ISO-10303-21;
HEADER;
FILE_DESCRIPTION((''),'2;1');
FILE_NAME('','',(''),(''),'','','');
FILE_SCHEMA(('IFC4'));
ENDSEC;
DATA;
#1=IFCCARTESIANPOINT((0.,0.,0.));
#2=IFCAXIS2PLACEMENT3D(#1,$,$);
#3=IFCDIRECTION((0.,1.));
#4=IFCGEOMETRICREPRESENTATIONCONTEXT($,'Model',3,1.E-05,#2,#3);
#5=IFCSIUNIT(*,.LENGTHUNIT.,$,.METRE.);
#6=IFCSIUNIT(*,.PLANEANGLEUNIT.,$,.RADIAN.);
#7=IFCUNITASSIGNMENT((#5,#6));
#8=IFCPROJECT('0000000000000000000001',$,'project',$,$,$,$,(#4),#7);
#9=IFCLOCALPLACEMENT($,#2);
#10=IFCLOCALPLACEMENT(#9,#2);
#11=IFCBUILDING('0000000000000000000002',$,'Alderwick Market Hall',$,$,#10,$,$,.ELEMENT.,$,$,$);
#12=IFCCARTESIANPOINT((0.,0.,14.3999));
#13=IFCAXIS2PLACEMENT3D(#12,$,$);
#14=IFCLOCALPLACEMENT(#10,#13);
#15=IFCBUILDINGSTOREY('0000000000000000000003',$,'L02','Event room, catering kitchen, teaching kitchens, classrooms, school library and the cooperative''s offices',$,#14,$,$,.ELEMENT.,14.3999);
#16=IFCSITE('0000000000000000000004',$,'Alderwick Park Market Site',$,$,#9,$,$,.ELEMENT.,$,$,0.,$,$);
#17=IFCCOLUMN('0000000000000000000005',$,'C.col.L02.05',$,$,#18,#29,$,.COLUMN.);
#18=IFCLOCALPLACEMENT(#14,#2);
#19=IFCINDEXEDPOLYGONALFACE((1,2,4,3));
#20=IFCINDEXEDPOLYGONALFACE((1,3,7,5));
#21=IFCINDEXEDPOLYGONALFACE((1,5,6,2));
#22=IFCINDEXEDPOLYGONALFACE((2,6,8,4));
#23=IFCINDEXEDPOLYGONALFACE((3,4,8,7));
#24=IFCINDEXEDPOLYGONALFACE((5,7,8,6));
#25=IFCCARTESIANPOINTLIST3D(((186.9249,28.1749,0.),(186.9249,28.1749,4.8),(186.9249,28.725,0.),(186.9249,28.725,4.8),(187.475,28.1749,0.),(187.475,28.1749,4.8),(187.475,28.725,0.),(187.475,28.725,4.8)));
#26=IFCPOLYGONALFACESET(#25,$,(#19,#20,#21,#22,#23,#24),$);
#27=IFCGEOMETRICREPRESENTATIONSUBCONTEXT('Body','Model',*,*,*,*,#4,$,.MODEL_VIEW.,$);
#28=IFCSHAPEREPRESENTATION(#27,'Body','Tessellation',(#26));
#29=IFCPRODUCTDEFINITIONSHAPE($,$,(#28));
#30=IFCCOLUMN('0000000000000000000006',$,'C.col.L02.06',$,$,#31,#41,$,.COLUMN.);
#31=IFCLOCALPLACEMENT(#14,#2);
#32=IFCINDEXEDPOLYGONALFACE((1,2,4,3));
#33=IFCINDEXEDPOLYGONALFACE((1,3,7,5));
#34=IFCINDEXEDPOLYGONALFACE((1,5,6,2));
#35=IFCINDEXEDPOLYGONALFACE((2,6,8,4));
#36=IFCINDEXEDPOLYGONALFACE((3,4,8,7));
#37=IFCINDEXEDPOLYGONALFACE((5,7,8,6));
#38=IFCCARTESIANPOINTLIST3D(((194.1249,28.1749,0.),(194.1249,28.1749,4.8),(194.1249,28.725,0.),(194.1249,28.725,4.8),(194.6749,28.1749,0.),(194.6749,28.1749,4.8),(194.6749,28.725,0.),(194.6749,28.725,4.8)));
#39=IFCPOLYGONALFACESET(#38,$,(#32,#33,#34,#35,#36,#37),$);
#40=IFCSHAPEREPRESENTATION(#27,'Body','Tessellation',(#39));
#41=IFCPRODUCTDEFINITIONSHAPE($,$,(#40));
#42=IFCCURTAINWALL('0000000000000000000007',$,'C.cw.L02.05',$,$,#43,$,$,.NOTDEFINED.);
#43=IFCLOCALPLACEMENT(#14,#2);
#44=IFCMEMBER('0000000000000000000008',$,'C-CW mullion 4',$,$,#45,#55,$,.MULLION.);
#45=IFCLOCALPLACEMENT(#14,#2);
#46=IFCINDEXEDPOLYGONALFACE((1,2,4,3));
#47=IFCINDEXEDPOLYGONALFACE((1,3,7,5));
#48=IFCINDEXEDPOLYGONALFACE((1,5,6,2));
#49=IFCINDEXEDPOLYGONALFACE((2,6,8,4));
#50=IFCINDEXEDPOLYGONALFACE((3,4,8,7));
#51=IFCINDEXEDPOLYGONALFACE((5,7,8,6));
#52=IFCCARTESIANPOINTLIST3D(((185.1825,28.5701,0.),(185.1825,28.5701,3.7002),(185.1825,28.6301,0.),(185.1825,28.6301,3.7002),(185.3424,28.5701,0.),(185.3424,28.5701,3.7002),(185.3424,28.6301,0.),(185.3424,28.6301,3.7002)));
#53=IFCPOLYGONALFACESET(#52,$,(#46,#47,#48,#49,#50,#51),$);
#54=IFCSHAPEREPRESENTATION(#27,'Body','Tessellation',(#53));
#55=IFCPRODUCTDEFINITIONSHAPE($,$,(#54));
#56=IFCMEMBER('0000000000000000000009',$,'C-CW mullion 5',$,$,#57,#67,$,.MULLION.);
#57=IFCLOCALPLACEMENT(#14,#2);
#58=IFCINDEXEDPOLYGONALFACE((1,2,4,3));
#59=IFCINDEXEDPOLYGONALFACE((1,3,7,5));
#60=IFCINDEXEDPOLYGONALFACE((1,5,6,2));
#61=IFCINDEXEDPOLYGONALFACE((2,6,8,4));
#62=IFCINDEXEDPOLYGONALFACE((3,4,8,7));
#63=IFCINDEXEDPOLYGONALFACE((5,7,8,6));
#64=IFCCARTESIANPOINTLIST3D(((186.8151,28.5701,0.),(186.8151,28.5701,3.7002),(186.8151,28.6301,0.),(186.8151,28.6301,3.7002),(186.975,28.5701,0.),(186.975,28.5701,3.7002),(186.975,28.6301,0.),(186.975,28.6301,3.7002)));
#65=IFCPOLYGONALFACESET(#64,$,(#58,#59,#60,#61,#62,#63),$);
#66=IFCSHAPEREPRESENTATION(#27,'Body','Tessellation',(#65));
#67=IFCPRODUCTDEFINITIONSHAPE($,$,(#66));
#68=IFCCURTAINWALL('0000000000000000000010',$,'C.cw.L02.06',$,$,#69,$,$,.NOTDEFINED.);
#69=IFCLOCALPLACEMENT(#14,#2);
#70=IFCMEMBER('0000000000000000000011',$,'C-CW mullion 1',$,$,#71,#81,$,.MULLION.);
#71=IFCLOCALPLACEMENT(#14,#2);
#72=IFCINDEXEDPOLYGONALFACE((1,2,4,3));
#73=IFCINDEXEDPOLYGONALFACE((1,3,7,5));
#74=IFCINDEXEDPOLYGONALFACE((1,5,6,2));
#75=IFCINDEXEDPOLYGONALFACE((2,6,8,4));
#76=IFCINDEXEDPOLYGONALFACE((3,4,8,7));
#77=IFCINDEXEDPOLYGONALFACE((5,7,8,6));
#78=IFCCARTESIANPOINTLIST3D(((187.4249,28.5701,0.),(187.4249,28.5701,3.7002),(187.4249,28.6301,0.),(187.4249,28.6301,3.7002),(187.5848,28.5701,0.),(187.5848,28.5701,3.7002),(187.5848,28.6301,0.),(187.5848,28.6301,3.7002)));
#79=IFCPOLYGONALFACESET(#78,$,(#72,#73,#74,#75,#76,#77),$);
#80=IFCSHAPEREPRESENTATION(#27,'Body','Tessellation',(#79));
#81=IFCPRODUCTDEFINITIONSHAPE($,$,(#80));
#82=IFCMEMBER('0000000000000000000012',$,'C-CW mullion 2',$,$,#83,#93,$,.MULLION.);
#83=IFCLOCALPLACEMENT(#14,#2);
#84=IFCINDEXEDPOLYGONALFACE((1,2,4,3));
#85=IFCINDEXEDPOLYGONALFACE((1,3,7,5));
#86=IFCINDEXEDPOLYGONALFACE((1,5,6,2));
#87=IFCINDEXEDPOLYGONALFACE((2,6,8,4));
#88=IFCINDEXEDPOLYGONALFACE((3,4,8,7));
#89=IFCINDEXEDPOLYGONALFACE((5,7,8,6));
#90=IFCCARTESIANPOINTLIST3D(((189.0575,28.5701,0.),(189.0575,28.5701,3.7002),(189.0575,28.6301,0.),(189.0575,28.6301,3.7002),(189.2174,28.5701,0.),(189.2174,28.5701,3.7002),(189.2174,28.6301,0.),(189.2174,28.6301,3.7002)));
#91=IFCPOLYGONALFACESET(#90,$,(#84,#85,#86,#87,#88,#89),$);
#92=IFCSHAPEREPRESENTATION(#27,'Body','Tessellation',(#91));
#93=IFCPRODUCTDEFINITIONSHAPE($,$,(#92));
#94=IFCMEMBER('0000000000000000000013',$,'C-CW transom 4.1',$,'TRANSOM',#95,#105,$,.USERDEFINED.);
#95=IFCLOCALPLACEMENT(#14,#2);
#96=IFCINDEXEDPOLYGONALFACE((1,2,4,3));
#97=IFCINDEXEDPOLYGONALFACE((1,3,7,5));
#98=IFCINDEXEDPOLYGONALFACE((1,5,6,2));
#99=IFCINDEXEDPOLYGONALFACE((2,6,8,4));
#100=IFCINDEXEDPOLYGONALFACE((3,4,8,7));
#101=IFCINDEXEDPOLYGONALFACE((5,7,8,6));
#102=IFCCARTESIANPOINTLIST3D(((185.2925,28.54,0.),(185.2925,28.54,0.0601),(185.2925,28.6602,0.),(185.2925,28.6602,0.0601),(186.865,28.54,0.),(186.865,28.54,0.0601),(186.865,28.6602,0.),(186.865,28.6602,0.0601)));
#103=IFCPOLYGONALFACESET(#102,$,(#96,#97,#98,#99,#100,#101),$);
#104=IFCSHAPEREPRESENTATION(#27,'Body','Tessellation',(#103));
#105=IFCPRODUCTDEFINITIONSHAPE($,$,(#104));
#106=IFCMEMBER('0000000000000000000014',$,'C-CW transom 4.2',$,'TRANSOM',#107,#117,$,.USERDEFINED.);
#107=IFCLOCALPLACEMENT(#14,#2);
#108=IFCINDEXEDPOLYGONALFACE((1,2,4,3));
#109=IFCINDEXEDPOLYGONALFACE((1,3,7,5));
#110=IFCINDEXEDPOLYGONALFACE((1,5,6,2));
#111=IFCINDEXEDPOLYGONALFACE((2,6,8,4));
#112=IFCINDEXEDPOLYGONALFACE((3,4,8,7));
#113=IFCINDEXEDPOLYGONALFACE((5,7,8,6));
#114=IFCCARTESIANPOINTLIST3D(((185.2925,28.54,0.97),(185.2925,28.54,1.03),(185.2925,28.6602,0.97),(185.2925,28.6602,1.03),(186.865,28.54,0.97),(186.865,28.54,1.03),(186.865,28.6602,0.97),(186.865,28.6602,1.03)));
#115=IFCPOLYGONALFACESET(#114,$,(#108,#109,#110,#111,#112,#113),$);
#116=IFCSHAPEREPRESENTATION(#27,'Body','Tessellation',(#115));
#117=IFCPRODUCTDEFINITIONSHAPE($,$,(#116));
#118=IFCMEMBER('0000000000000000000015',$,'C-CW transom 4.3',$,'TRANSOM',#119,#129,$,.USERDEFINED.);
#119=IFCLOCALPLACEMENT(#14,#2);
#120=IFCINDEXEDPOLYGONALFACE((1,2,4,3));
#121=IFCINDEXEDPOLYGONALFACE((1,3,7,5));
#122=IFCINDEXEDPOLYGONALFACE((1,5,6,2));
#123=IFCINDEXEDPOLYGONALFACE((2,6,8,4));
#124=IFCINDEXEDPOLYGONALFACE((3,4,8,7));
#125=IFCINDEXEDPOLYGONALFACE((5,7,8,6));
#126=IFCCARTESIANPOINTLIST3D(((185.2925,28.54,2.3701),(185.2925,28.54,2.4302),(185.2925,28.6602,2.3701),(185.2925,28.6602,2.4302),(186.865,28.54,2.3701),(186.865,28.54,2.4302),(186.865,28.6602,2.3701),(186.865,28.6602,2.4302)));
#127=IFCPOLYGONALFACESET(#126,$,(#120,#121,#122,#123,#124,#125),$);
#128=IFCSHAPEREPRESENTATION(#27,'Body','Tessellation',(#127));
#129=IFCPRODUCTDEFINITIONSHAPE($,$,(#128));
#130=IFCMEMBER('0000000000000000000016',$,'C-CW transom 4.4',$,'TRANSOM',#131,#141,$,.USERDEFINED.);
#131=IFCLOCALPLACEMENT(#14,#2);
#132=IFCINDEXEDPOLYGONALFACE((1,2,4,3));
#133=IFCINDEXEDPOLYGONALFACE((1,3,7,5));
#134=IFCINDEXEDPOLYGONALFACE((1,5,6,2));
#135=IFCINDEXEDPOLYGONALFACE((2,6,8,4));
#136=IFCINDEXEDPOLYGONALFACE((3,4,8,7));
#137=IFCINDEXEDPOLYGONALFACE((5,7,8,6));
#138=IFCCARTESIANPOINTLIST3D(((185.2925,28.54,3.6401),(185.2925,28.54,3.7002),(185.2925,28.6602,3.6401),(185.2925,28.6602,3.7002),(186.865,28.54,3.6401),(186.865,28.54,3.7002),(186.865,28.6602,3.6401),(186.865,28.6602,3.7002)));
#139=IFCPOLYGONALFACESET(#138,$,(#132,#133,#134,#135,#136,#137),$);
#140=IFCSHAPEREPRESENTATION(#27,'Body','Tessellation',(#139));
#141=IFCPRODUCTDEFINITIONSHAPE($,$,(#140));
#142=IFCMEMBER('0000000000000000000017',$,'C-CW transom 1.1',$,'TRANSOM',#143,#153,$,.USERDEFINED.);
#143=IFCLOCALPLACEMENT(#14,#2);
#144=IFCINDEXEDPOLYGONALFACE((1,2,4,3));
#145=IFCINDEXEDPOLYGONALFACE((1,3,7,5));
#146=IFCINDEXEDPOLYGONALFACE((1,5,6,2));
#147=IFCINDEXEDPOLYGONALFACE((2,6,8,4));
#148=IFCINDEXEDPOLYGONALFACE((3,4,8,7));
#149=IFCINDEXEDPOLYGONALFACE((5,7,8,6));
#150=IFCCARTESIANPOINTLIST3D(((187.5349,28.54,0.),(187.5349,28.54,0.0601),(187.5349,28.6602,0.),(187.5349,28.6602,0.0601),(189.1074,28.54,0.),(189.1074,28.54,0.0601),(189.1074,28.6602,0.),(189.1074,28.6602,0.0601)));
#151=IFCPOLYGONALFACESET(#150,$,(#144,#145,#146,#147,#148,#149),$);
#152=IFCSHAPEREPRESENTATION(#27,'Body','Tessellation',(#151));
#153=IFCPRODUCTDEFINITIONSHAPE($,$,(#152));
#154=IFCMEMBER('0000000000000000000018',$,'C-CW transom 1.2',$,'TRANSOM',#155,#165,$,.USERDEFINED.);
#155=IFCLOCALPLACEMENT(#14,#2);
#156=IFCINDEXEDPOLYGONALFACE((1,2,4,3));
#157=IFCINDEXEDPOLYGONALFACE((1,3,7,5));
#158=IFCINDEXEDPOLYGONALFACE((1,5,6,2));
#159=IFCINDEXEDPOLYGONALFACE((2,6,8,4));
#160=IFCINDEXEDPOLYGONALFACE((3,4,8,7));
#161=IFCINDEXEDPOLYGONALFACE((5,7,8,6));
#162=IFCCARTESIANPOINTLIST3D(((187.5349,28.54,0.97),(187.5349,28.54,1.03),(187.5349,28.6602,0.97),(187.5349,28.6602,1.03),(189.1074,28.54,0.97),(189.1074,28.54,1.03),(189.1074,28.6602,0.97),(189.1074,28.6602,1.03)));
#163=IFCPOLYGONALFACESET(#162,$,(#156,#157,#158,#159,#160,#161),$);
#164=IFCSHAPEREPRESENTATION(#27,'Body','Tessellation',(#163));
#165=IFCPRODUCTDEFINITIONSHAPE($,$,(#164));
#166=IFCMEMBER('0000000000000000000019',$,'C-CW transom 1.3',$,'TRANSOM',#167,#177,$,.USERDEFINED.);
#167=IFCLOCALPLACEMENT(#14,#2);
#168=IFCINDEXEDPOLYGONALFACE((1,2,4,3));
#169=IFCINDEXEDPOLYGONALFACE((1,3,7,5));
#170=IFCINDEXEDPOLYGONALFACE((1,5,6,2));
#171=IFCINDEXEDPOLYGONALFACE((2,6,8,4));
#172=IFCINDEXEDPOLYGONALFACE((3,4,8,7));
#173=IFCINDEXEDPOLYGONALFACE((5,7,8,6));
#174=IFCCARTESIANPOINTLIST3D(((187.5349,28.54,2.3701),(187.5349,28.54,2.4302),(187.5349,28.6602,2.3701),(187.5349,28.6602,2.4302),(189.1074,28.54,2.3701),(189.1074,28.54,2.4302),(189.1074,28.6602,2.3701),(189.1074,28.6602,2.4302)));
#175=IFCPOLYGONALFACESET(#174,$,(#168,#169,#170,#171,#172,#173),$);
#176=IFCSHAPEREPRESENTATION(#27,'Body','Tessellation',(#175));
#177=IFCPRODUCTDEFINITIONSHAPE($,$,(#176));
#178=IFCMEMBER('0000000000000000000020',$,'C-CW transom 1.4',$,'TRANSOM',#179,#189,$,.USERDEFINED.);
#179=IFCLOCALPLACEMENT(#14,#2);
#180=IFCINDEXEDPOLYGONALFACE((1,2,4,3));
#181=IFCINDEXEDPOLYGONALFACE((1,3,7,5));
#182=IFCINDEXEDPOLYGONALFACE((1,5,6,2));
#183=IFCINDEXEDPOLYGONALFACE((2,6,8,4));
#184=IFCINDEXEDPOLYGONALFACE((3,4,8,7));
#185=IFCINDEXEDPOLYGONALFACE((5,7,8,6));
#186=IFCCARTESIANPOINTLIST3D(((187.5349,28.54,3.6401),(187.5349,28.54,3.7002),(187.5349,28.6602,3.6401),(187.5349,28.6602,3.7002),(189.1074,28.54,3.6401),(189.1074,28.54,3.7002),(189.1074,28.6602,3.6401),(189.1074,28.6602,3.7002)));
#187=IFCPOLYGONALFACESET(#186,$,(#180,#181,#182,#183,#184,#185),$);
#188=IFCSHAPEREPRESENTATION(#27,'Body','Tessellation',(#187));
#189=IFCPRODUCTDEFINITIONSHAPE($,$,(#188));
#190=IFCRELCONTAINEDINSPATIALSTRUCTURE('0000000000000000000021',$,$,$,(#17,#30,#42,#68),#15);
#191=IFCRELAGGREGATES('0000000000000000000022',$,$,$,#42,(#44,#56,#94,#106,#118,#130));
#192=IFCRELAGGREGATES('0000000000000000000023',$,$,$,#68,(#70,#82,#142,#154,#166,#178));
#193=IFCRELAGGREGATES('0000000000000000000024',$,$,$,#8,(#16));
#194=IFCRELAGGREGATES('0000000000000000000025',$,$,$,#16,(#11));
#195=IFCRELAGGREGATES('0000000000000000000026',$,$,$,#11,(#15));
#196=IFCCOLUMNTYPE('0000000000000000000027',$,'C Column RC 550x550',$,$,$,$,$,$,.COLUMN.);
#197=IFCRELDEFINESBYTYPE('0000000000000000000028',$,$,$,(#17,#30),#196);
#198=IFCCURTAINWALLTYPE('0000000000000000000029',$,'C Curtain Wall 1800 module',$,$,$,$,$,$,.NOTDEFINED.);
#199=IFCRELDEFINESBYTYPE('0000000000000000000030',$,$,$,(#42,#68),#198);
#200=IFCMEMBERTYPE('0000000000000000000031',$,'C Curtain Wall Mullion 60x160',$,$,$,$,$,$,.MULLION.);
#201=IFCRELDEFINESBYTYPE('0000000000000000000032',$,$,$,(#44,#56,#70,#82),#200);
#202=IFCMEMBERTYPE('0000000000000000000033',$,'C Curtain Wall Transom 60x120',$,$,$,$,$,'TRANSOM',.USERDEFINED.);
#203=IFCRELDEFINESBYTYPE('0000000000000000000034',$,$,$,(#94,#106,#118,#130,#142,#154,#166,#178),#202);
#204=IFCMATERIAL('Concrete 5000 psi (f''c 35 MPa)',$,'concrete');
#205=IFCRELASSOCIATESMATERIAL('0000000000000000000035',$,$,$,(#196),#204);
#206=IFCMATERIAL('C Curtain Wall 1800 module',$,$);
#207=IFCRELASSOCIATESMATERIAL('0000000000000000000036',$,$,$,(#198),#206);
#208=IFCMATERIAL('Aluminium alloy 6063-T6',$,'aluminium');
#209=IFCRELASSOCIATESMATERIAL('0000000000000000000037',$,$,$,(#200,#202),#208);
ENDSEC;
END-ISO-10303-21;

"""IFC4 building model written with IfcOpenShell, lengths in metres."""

from ifc_helpers import new_model, si_unit, direction, frame, origin, origin_2d, place, context, subcontext, project, spatial, rectangle, extrude, material, material_profile, profile_set, type_object, element, aggregate, save


model = new_model("IFC4")

# Units and contexts
model_context = context("Model", 3, precision=1e-05, world=origin(), true_north=direction((0.0, 1.0)))
body_context = subcontext(model_context, "Body", "Model", "MODEL_VIEW")
ifc_project = project(units=[si_unit("LENGTHUNIT", "METRE"), si_unit("PLANEANGLEUNIT", "RADIAN")], contexts=[model_context])

# Site, building, storey
site_placement = place(None, origin())
site = spatial("IfcSite", under=ifc_project, at=site_placement, Name="Alderwick Park Market Site", CompositionType="ELEMENT", RefElevation=0.0)
building_placement = place(site_placement, origin())
building = spatial("IfcBuilding", under=site, at=building_placement, Name="Alderwick Market Hall", CompositionType="ELEMENT")
storey_placement = place(building_placement, frame((0.0, 0.0, 14.3999)))
storey = spatial("IfcBuildingStorey", under=building, at=storey_placement, Name="L02", Description="Event room, catering kitchen, teaching kitchens, classrooms, school library and the cooperative's offices", CompositionType="ELEMENT", Elevation=14.3999)

# Columns
ifc_material_1 = material(Name="Concrete 5000 psi (f'c 35 MPa)", Category="concrete")
ifc_material_profile_1 = material_profile(ifc_material_1, rectangle(XDim=0.55, YDim=0.55, at=origin_2d()), Name="RC 550x550")
ifc_profile_set_1 = profile_set([ifc_material_profile_1], Name="Concrete 5000 psi (f'c 35 MPa)")
column_type = type_object("IfcColumnType", Name="C Column RC 550x550", PredefinedType="COLUMN", material=ifc_profile_set_1)
for number, where, z_axis, x_axis, name in (
    (1, (187.2, 28.45, 0.0), (0.0, 0.0, 1.0), (1.0, 0.0, 0.0), "C.col.L02.05"),
    (2, (194.3999, 28.45, 0.0), (0.0, 0.0, 1.0), (1.0, 0.0, 0.0), "C.col.L02.06"),
):
    element("IfcColumn", number, at=place(storey_placement, frame(where, z_axis=z_axis, x_axis=x_axis)), inside=storey, type_object=column_type, Name=name, PredefinedType="COLUMN", context=body_context, shape_type="SweptSolid", body=[
        extrude(rectangle(XDim=0.55, YDim=0.55, at=origin_2d()), origin(), (0.0, 0.0, 1.0), 4.8),
    ])

# Curtain walls, members
ifc_material_2 = material(Name="C Curtain Wall 1800 module")
curtain_wall_type = type_object("IfcCurtainWallType", Name="C Curtain Wall 1800 module", PredefinedType="NOTDEFINED", material=ifc_material_2)
curtain_wall_1_placement = place(storey_placement, origin())
curtain_wall_1 = element("IfcCurtainWall", 3, at=curtain_wall_1_placement, inside=storey, type_object=curtain_wall_type, Name="C.cw.L02.05", PredefinedType="NOTDEFINED")
ifc_material_3 = material(Name="Aluminium alloy 6063-T6", Category="aluminium")
ifc_material_profile_2 = material_profile(ifc_material_3, rectangle(XDim=0.0601, YDim=0.1599, at=origin_2d()), Name="AL 60x160")
ifc_profile_set_2 = profile_set([ifc_material_profile_2], Name="Aluminium alloy 6063-T6")
member_type_1 = type_object("IfcMemberType", Name="C Curtain Wall Mullion 60x160", PredefinedType="MULLION", material=ifc_profile_set_2)
member_1_placement = place(storey_placement, frame((185.2625, 28.6001, 0.0), z_axis=(0.0, 0.0, 1.0), x_axis=(0.0, 1.0, 0.0)))
member_1 = element("IfcMember", 4, at=member_1_placement, type_object=member_type_1, Name="C-CW mullion 4", PredefinedType="MULLION", context=body_context, shape_type="SweptSolid", body=[
    extrude(rectangle(XDim=0.0601, YDim=0.1599, at=origin_2d()), origin(), (0.0, 0.0, 1.0), 3.7002),
])
member_2_placement = place(storey_placement, frame((186.895, 28.6001, 0.0), z_axis=(0.0, 0.0, 1.0), x_axis=(0.0, 1.0, 0.0)))
member_2 = element("IfcMember", 5, at=member_2_placement, type_object=member_type_1, Name="C-CW mullion 5", PredefinedType="MULLION", context=body_context, shape_type="SweptSolid", body=[
    extrude(rectangle(XDim=0.0601, YDim=0.1599, at=origin_2d()), origin(), (0.0, 0.0, 1.0), 3.7002),
])
curtain_wall_2_placement = place(storey_placement, origin())
curtain_wall_2 = element("IfcCurtainWall", 6, at=curtain_wall_2_placement, inside=storey, type_object=curtain_wall_type, Name="C.cw.L02.06", PredefinedType="NOTDEFINED")
member_3_placement = place(storey_placement, frame((187.5049, 28.6001, 0.0), z_axis=(0.0, 0.0, 1.0), x_axis=(0.0, 1.0, 0.0)))
member_3 = element("IfcMember", 7, at=member_3_placement, type_object=member_type_1, Name="C-CW mullion 1", PredefinedType="MULLION", context=body_context, shape_type="SweptSolid", body=[
    extrude(rectangle(XDim=0.0601, YDim=0.1599, at=origin_2d()), origin(), (0.0, 0.0, 1.0), 3.7002),
])
member_4_placement = place(storey_placement, frame((189.1375, 28.6001, 0.0), z_axis=(0.0, 0.0, 1.0), x_axis=(0.0, 1.0, 0.0)))
member_4 = element("IfcMember", 8, at=member_4_placement, type_object=member_type_1, Name="C-CW mullion 2", PredefinedType="MULLION", context=body_context, shape_type="SweptSolid", body=[
    extrude(rectangle(XDim=0.0601, YDim=0.1599, at=origin_2d()), origin(), (0.0, 0.0, 1.0), 3.7002),
])

# Members
ifc_material_profile_3 = material_profile(ifc_material_3, rectangle(XDim=0.1201, YDim=0.0601, at=origin_2d()), Name="AL 60x120")
ifc_profile_set_3 = profile_set([ifc_material_profile_3], Name="Aluminium alloy 6063-T6")
member_type_2 = type_object("IfcMemberType", Name="C Curtain Wall Transom 60x120", ElementType="TRANSOM", PredefinedType="USERDEFINED", material=ifc_profile_set_3)
member_5_placement = place(storey_placement, frame((185.2925, 28.6001, 0.03), z_axis=(1.0, 0.0, 0.0), x_axis=(0.0, 1.0, 0.0)))
member_5 = element("IfcMember", 9, at=member_5_placement, type_object=member_type_2, Name="C-CW transom 4.1", ObjectType="TRANSOM", PredefinedType="USERDEFINED", context=body_context, shape_type="SweptSolid", body=[
    extrude(rectangle(XDim=0.1201, YDim=0.0601, at=origin_2d()), origin(), (0.0, 0.0, 1.0), 1.5725),
])
member_6_placement = place(storey_placement, frame((185.2925, 28.6001, 1.0), z_axis=(1.0, 0.0, 0.0), x_axis=(0.0, 1.0, 0.0)))
member_6 = element("IfcMember", 10, at=member_6_placement, type_object=member_type_2, Name="C-CW transom 4.2", ObjectType="TRANSOM", PredefinedType="USERDEFINED", context=body_context, shape_type="SweptSolid", body=[
    extrude(rectangle(XDim=0.1201, YDim=0.0601, at=origin_2d()), origin(), (0.0, 0.0, 1.0), 1.5725),
])
member_7_placement = place(storey_placement, frame((185.2925, 28.6001, 2.4001), z_axis=(1.0, 0.0, 0.0), x_axis=(0.0, 1.0, 0.0)))
member_7 = element("IfcMember", 11, at=member_7_placement, type_object=member_type_2, Name="C-CW transom 4.3", ObjectType="TRANSOM", PredefinedType="USERDEFINED", context=body_context, shape_type="SweptSolid", body=[
    extrude(rectangle(XDim=0.1201, YDim=0.0601, at=origin_2d()), origin(), (0.0, 0.0, 1.0), 1.5725),
])
member_8_placement = place(storey_placement, frame((185.2925, 28.6001, 3.6702), z_axis=(1.0, 0.0, 0.0), x_axis=(0.0, 1.0, 0.0)))
member_8 = element("IfcMember", 12, at=member_8_placement, type_object=member_type_2, Name="C-CW transom 4.4", ObjectType="TRANSOM", PredefinedType="USERDEFINED", context=body_context, shape_type="SweptSolid", body=[
    extrude(rectangle(XDim=0.1201, YDim=0.0601, at=origin_2d()), origin(), (0.0, 0.0, 1.0), 1.5725),
])
member_9_placement = place(storey_placement, frame((187.5349, 28.6001, 0.03), z_axis=(1.0, 0.0, 0.0), x_axis=(0.0, 1.0, 0.0)))
member_9 = element("IfcMember", 13, at=member_9_placement, type_object=member_type_2, Name="C-CW transom 1.1", ObjectType="TRANSOM", PredefinedType="USERDEFINED", context=body_context, shape_type="SweptSolid", body=[
    extrude(rectangle(XDim=0.1201, YDim=0.0601, at=origin_2d()), origin(), (0.0, 0.0, 1.0), 1.5725),
])
member_10_placement = place(storey_placement, frame((187.5349, 28.6001, 1.0), z_axis=(1.0, 0.0, 0.0), x_axis=(0.0, 1.0, 0.0)))
member_10 = element("IfcMember", 14, at=member_10_placement, type_object=member_type_2, Name="C-CW transom 1.2", ObjectType="TRANSOM", PredefinedType="USERDEFINED", context=body_context, shape_type="SweptSolid", body=[
    extrude(rectangle(XDim=0.1201, YDim=0.0601, at=origin_2d()), origin(), (0.0, 0.0, 1.0), 1.5725),
])
member_11_placement = place(storey_placement, frame((187.5349, 28.6001, 2.4001), z_axis=(1.0, 0.0, 0.0), x_axis=(0.0, 1.0, 0.0)))
member_11 = element("IfcMember", 15, at=member_11_placement, type_object=member_type_2, Name="C-CW transom 1.3", ObjectType="TRANSOM", PredefinedType="USERDEFINED", context=body_context, shape_type="SweptSolid", body=[
    extrude(rectangle(XDim=0.1201, YDim=0.0601, at=origin_2d()), origin(), (0.0, 0.0, 1.0), 1.5725),
])
member_12_placement = place(storey_placement, frame((187.5349, 28.6001, 3.6702), z_axis=(1.0, 0.0, 0.0), x_axis=(0.0, 1.0, 0.0)))
member_12 = element("IfcMember", 16, at=member_12_placement, type_object=member_type_2, Name="C-CW transom 1.4", ObjectType="TRANSOM", PredefinedType="USERDEFINED", context=body_context, shape_type="SweptSolid", body=[
    extrude(rectangle(XDim=0.1201, YDim=0.0601, at=origin_2d()), origin(), (0.0, 0.0, 1.0), 1.5725),
])

aggregate(curtain_wall_1, [member_1, member_2, member_5, member_6, member_7, member_8])
aggregate(curtain_wall_2, [member_3, member_4, member_9, member_10, member_11, member_12])

save(model, "model.ifc")
